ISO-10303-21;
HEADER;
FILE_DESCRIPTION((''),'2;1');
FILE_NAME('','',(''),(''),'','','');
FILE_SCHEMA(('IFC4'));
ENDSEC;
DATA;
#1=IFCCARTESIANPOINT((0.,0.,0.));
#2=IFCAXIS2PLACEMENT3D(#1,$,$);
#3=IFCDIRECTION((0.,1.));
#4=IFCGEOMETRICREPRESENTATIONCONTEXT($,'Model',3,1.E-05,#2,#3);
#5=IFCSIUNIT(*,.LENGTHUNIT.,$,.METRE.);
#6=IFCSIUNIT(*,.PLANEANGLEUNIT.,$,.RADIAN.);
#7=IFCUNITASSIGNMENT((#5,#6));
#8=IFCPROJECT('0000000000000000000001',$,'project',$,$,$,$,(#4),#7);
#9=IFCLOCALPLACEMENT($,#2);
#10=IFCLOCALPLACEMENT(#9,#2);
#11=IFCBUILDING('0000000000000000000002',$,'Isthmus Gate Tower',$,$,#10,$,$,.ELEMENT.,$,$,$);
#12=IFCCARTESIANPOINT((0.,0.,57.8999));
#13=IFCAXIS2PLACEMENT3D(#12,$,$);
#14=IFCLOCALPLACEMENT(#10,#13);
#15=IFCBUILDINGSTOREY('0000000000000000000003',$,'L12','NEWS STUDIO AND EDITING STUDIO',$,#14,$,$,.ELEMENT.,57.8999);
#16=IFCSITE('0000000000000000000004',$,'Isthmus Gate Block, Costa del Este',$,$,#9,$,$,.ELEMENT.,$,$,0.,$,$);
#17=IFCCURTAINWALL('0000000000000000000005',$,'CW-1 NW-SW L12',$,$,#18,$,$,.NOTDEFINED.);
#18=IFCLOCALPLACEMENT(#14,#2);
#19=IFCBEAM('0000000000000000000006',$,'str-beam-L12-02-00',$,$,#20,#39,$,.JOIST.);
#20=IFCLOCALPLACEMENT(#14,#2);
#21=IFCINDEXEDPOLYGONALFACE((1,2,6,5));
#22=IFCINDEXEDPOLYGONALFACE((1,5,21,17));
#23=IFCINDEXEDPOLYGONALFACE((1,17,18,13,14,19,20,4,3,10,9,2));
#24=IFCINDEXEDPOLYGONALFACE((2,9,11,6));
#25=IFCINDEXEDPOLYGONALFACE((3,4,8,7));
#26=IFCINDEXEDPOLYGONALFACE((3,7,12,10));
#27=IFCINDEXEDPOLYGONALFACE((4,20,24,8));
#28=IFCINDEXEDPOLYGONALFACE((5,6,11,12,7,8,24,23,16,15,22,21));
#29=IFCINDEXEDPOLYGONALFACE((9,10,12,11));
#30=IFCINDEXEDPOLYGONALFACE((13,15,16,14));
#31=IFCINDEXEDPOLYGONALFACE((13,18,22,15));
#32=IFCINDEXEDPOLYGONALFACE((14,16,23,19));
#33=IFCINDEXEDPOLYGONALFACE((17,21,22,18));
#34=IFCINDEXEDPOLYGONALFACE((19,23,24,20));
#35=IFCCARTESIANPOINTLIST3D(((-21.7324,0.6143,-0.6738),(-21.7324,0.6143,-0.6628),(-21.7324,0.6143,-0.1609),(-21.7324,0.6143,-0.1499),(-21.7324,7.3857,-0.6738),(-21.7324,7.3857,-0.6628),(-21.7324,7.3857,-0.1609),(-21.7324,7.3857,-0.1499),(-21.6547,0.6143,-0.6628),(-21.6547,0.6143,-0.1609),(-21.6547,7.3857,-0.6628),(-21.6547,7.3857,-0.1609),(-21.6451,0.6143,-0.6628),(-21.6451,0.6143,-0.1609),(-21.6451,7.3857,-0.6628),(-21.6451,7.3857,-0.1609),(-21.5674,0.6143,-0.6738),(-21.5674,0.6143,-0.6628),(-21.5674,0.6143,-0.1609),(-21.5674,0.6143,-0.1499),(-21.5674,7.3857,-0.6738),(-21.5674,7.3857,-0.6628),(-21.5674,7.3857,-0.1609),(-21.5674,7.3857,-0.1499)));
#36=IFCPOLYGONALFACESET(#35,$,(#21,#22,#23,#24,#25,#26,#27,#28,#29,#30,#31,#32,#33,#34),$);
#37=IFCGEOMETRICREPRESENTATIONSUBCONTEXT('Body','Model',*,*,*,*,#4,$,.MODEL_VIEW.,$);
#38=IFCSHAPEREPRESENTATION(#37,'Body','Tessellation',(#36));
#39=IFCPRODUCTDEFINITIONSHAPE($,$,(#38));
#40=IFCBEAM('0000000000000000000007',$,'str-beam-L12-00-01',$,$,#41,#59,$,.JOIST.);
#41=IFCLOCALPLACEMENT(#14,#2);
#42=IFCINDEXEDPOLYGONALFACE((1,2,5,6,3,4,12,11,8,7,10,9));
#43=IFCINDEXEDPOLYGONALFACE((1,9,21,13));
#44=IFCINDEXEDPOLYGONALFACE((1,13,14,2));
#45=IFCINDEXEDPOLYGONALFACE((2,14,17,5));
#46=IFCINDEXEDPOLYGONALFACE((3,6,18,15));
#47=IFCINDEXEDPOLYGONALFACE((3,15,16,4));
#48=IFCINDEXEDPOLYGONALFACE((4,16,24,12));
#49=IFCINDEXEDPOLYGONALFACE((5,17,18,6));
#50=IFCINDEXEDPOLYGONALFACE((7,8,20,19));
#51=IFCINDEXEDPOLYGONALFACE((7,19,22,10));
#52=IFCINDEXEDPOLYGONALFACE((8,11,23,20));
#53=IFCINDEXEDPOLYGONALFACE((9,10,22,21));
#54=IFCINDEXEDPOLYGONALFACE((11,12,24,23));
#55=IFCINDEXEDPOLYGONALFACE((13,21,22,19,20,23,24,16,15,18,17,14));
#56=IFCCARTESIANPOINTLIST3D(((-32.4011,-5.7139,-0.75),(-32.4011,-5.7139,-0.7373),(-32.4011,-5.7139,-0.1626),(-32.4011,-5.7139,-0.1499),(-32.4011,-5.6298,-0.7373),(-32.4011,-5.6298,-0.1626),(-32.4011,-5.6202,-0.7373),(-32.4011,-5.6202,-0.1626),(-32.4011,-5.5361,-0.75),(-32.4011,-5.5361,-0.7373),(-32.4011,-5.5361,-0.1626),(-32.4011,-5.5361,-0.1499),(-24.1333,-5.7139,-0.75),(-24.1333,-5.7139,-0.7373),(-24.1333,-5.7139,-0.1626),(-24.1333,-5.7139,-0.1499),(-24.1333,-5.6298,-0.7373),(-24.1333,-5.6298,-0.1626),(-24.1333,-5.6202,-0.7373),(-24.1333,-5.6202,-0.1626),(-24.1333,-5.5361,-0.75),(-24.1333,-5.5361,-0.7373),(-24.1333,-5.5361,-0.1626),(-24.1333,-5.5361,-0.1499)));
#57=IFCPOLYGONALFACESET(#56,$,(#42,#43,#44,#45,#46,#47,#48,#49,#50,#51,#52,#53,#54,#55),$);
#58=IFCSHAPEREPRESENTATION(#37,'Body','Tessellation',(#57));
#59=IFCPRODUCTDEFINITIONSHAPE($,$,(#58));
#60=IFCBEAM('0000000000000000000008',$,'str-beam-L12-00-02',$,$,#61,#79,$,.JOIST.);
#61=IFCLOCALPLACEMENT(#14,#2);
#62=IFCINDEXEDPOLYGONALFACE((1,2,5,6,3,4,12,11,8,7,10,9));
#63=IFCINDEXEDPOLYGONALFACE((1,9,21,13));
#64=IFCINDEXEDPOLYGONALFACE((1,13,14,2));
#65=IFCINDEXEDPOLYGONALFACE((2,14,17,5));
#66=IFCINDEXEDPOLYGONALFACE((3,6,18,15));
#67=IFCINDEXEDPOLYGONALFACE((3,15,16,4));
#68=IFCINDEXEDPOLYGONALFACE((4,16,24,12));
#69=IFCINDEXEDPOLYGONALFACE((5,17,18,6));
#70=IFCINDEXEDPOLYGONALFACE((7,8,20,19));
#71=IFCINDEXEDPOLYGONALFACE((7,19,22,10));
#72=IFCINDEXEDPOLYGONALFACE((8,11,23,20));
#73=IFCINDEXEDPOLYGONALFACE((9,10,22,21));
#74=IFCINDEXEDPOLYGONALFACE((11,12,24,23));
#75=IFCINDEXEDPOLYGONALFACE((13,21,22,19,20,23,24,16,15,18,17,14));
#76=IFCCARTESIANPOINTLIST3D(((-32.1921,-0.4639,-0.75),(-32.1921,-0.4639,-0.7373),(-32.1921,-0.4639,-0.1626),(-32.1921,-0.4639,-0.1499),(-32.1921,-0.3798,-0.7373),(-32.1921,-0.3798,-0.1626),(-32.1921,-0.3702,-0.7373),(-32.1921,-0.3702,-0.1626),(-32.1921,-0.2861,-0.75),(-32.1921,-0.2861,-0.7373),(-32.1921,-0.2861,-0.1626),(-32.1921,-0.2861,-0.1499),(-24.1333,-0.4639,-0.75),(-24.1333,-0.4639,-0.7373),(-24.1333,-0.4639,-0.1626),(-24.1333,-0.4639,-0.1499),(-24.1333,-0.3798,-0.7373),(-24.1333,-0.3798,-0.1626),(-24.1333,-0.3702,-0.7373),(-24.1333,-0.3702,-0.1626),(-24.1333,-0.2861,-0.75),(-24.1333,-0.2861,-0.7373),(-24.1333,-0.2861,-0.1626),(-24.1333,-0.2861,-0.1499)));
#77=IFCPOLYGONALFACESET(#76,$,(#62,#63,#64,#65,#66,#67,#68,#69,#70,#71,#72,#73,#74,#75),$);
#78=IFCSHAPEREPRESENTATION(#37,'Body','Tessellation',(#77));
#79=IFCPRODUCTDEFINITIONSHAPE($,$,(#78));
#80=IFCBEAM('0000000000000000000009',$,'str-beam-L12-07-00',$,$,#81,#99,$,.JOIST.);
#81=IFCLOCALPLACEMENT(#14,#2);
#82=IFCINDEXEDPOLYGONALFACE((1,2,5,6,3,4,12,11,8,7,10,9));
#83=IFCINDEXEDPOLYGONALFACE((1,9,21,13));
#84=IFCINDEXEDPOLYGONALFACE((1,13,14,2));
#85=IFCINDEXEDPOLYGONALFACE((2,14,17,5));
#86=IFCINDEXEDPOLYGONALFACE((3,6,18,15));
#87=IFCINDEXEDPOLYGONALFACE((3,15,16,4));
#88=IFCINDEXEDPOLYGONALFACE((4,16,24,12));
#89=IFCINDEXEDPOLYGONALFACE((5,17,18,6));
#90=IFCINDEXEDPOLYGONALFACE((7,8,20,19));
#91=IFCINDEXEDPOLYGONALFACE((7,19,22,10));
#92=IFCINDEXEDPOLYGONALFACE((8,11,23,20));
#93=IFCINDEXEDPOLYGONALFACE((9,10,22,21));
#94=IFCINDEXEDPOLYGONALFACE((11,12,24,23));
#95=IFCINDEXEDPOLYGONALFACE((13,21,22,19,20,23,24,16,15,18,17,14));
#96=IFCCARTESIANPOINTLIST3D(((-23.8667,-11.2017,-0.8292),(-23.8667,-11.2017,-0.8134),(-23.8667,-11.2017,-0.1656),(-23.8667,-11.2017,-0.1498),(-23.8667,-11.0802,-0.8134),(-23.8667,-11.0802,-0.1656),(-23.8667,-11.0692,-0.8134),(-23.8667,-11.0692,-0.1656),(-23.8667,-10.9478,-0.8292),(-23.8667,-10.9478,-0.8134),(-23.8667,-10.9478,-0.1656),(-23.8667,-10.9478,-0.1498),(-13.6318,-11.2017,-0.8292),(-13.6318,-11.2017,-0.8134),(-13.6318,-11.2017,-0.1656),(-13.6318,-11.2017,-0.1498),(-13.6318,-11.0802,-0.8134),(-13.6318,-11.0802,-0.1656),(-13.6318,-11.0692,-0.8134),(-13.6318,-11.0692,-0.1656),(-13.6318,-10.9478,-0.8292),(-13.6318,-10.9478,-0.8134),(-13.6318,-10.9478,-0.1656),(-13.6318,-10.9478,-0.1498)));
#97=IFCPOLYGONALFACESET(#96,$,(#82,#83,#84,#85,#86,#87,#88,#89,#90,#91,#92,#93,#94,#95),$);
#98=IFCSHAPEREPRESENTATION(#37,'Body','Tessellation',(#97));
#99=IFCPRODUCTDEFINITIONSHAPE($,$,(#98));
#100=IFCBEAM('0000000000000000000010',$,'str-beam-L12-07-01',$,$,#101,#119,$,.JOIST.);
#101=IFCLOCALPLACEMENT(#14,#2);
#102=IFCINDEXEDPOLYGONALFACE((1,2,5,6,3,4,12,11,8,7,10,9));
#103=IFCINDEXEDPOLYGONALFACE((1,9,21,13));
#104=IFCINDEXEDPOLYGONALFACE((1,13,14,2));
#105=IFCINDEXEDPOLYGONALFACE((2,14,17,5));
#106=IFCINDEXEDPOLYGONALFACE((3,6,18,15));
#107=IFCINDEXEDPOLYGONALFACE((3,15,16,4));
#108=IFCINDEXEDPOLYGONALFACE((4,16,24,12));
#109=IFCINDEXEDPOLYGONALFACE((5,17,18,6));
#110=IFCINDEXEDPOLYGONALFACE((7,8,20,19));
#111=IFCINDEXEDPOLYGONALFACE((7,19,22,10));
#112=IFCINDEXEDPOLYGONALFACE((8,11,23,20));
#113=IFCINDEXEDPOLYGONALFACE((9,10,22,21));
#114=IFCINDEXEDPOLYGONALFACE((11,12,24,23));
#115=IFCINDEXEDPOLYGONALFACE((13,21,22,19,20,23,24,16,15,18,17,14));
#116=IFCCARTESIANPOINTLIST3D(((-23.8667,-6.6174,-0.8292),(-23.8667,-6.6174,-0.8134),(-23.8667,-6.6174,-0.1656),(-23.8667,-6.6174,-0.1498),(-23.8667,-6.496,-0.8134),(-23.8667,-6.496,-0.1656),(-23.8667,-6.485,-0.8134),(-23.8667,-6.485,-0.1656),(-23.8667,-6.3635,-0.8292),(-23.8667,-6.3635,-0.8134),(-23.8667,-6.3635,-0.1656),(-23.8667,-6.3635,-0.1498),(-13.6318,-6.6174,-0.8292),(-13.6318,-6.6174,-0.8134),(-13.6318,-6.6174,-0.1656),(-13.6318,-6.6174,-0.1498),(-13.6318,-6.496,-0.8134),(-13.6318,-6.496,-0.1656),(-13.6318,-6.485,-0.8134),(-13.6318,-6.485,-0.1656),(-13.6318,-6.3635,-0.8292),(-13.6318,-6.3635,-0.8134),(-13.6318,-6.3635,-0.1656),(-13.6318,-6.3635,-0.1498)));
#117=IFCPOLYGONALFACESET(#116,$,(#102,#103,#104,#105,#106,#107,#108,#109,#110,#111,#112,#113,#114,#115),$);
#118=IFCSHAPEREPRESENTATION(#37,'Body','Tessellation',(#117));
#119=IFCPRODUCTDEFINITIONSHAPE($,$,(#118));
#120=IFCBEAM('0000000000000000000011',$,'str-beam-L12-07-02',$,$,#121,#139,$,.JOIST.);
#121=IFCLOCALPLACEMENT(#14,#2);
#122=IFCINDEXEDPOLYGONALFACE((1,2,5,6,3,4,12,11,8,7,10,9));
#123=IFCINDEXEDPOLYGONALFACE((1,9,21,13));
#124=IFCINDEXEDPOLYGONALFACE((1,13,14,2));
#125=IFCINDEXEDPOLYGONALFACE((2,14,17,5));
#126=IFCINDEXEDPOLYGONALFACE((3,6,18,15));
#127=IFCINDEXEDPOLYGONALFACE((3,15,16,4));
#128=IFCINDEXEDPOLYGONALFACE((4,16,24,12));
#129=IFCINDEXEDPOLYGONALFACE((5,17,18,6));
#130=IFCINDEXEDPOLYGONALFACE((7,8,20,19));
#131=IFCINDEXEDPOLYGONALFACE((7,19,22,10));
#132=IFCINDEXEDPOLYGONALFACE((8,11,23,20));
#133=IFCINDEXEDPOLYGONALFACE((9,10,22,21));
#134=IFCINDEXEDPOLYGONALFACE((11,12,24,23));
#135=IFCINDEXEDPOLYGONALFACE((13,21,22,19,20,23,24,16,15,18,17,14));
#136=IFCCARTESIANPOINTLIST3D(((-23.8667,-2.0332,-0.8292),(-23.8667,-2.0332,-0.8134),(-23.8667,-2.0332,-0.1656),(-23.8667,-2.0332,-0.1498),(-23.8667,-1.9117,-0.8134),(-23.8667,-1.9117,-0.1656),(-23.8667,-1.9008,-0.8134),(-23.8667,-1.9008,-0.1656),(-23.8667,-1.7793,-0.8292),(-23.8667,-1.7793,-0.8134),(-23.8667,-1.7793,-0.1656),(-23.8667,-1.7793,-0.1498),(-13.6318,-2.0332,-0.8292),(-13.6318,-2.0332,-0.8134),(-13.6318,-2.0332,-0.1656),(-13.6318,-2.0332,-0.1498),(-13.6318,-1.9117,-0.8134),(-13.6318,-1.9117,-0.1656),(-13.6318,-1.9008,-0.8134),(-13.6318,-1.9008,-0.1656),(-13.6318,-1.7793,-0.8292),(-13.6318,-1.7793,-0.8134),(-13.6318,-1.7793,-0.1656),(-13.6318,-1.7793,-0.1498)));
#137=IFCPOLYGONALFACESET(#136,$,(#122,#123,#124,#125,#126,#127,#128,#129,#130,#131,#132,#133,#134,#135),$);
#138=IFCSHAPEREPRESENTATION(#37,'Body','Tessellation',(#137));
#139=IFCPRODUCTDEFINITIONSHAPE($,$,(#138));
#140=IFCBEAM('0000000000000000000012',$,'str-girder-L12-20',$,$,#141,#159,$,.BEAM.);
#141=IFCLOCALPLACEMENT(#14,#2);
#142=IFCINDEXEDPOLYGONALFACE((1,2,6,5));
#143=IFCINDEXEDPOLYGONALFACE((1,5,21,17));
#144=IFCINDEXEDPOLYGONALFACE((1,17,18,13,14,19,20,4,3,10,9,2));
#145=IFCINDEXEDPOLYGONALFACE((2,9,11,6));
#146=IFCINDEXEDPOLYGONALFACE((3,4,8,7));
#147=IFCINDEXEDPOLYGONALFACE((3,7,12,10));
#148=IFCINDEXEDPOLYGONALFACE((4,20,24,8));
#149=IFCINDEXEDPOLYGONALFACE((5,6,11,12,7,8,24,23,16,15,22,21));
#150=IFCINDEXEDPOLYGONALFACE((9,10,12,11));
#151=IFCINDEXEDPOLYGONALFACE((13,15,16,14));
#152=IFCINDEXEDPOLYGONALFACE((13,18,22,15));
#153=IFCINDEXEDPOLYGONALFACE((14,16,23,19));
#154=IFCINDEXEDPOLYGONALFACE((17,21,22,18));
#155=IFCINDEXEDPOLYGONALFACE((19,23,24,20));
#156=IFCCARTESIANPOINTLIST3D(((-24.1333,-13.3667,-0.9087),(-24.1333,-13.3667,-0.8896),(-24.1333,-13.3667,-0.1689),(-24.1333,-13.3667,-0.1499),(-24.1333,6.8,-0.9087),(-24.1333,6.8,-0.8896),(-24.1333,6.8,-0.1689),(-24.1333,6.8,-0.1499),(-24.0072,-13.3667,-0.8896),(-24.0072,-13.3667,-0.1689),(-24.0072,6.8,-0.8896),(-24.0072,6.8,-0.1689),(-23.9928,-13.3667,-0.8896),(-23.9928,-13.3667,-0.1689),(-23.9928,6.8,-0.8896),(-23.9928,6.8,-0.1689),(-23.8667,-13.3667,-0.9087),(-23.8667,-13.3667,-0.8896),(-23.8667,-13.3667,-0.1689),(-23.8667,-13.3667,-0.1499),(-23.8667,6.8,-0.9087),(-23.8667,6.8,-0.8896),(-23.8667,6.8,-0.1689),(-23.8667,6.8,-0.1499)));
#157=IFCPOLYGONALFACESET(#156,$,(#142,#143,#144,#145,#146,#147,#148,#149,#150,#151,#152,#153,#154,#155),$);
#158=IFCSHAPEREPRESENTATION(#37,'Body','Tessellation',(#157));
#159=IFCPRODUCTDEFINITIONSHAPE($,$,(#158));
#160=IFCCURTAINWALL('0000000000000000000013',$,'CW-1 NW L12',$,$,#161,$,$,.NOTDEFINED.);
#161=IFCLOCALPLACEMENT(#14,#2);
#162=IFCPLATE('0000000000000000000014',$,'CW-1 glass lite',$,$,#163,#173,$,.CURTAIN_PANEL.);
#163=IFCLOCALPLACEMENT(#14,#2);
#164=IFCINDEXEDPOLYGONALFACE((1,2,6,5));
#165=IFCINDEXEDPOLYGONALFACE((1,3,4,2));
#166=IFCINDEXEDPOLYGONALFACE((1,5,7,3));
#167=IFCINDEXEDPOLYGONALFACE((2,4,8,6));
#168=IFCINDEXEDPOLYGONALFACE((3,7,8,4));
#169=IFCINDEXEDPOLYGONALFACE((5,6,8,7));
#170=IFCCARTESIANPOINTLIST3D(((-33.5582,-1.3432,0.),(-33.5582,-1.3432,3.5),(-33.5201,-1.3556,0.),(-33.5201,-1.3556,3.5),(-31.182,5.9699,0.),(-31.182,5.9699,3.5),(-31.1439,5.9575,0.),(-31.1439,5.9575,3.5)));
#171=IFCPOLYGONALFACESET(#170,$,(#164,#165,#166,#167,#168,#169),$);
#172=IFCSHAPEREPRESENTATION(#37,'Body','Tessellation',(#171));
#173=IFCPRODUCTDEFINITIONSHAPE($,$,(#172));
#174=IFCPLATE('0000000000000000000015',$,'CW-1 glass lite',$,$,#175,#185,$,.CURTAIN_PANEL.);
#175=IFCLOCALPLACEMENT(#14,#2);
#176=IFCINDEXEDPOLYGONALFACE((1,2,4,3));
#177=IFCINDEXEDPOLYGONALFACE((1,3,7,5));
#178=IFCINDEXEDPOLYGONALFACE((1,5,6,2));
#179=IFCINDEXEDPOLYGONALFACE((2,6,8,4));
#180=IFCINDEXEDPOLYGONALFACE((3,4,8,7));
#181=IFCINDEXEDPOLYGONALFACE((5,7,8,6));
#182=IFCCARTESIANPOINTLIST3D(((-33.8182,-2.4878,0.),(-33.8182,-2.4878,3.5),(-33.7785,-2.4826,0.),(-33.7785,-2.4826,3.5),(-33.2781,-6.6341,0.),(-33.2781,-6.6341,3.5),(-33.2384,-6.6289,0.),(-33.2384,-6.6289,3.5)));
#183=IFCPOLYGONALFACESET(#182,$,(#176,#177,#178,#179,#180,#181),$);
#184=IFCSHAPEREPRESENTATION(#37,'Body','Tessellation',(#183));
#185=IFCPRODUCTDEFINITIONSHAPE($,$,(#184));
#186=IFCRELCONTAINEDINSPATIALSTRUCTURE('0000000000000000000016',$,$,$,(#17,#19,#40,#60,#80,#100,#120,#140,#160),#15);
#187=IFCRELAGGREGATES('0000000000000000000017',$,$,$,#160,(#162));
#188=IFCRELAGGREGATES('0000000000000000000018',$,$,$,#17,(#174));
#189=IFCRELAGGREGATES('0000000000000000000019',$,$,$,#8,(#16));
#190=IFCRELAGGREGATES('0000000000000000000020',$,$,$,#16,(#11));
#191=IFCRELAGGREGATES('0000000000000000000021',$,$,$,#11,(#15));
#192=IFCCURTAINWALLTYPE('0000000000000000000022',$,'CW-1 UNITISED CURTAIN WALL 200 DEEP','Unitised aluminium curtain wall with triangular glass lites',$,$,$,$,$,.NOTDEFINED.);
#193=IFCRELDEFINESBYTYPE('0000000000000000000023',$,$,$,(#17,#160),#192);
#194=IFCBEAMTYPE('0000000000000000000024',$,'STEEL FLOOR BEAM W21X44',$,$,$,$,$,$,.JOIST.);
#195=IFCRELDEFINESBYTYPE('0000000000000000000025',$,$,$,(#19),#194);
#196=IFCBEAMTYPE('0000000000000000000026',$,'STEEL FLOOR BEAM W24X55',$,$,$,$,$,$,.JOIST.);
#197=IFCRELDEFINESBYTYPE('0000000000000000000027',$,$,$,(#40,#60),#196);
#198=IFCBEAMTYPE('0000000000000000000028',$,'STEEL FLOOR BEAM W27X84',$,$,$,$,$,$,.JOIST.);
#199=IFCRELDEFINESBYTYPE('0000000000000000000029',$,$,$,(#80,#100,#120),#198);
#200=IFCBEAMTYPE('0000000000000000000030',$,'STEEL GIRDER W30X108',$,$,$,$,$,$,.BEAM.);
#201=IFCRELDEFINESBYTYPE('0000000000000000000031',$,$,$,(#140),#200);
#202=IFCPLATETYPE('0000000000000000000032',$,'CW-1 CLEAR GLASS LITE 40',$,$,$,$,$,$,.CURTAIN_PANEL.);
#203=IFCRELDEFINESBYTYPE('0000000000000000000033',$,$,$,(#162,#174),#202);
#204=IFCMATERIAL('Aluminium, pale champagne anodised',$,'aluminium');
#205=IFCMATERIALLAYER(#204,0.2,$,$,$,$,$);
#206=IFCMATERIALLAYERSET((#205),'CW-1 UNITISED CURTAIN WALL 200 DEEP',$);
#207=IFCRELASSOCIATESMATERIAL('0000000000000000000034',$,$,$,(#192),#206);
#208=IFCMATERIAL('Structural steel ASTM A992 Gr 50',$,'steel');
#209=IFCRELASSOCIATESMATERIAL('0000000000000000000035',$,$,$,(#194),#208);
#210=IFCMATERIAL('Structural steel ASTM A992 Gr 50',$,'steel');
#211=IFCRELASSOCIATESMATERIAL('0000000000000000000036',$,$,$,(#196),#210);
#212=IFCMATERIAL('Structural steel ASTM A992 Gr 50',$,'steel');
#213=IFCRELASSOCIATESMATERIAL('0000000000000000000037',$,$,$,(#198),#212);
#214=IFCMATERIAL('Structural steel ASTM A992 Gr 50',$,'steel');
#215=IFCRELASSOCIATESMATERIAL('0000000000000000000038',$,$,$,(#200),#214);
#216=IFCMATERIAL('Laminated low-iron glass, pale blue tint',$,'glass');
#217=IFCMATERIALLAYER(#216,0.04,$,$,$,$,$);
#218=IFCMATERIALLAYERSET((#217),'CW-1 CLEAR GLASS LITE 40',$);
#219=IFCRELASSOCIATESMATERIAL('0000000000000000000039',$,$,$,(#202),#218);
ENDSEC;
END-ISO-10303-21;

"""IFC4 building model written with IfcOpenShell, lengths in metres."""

from ifc_helpers import new_model, si_unit, direction, frame, origin, origin_2d, place, context, subcontext, project, spatial, rectangle, i_section, extrude, material, layer, layer_set, material_profile, profile_set, type_object, element, aggregate, save


model = new_model("IFC4")

# Units and contexts
model_context = context("Model", 3, precision=1e-05, world=origin(), true_north=direction((0.0, 1.0)))
body_context = subcontext(model_context, "Body", "Model", "MODEL_VIEW")
ifc_project = project(units=[si_unit("LENGTHUNIT", "METRE"), si_unit("PLANEANGLEUNIT", "RADIAN")], contexts=[model_context])

# Site, building, storey
site_placement = place(None, origin())
site = spatial("IfcSite", under=ifc_project, at=site_placement, Name="Isthmus Gate Block, Costa del Este", CompositionType="ELEMENT", RefElevation=0.0)
building_placement = place(site_placement, origin())
building = spatial("IfcBuilding", under=site, at=building_placement, Name="Isthmus Gate Tower", CompositionType="ELEMENT")
storey_placement = place(building_placement, frame((0.0, 0.0, 57.8999)))
storey = spatial("IfcBuildingStorey", under=building, at=storey_placement, Name="L12", Description="NEWS STUDIO AND EDITING STUDIO", CompositionType="ELEMENT", Elevation=57.8999)

# Curtain wall
ifc_material_1 = material(Name="Aluminium, pale champagne anodised", Category="aluminium")
ifc_layer_1 = layer(ifc_material_1, 0.2)
ifc_layer_set_1 = layer_set([ifc_layer_1], Name="CW-1 UNITISED CURTAIN WALL 200 DEEP")
curtain_wall_type = type_object("IfcCurtainWallType", Name="CW-1 UNITISED CURTAIN WALL 200 DEEP", Description="Unitised aluminium curtain wall with triangular glass lites", PredefinedType="NOTDEFINED", material=ifc_layer_set_1)
curtain_wall_1_placement = place(storey_placement, origin())
curtain_wall_1 = element("IfcCurtainWall", 1, at=curtain_wall_1_placement, inside=storey, type_object=curtain_wall_type, Name="CW-1 NW-SW L12", PredefinedType="NOTDEFINED")

# Beams
ifc_material_2 = material(Name="Structural steel ASTM A992 Gr 50", Category="steel")
ifc_material_profile_1 = material_profile(ifc_material_2, i_section(OverallWidth=0.165, OverallDepth=0.5239, WebThickness=0.0095, FlangeThickness=0.011, at=origin_2d()), Name="W21X44")
ifc_profile_set_1 = profile_set([ifc_material_profile_1], Name="Structural steel ASTM A992 Gr 50")
beam_type_1 = type_object("IfcBeamType", Name="STEEL FLOOR BEAM W21X44", PredefinedType="JOIST", material=ifc_profile_set_1)
beam_1_placement = place(storey_placement, frame((-21.6499, 0.6143, -0.4119), z_axis=(0.0, 1.0, 0.0), x_axis=(-1.0, 0.0, 0.0)))
element("IfcBeam", 2, at=beam_1_placement, inside=storey, type_object=beam_type_1, Name="str-beam-L12-02-00", PredefinedType="JOIST", context=body_context, shape_type="SweptSolid", body=[
    extrude(i_section(OverallWidth=0.165, OverallDepth=0.5239, WebThickness=0.0095, FlangeThickness=0.011, at=origin_2d()), origin(), (0.0, 0.0, 1.0), 6.7715),
])
ifc_material_3 = material(Name="Structural steel ASTM A992 Gr 50", Category="steel")
ifc_material_profile_2 = material_profile(ifc_material_3, i_section(OverallWidth=0.1777, OverallDepth=0.6001, WebThickness=0.0095, FlangeThickness=0.0127, at=origin_2d()), Name="W24X55")
ifc_profile_set_2 = profile_set([ifc_material_profile_2], Name="Structural steel ASTM A992 Gr 50")
beam_type_2 = type_object("IfcBeamType", Name="STEEL FLOOR BEAM W24X55", PredefinedType="JOIST", material=ifc_profile_set_2)
beam_2_placement = place(storey_placement, frame((-32.4011, -5.625, -0.45), z_axis=(1.0, 0.0, 0.0), x_axis=(0.0, 1.0, 0.0)))
element("IfcBeam", 3, at=beam_2_placement, inside=storey, type_object=beam_type_2, Name="str-beam-L12-00-01", PredefinedType="JOIST", context=body_context, shape_type="SweptSolid", body=[
    extrude(i_section(OverallWidth=0.1777, OverallDepth=0.6001, WebThickness=0.0095, FlangeThickness=0.0127, at=origin_2d()), origin(), (0.0, 0.0, 1.0), 8.2678),
])
beam_3_placement = place(storey_placement, frame((-32.1921, -0.375, -0.45), z_axis=(1.0, 0.0, 0.0), x_axis=(0.0, 1.0, 0.0)))
element("IfcBeam", 4, at=beam_3_placement, inside=storey, type_object=beam_type_2, Name="str-beam-L12-00-02", PredefinedType="JOIST", context=body_context, shape_type="SweptSolid", body=[
    extrude(i_section(OverallWidth=0.1777, OverallDepth=0.6001, WebThickness=0.0095, FlangeThickness=0.0127, at=origin_2d()), origin(), (0.0, 0.0, 1.0), 8.0588),
])
ifc_material_4 = material(Name="Structural steel ASTM A992 Gr 50", Category="steel")
ifc_material_profile_3 = material_profile(ifc_material_4, i_section(OverallWidth=0.2539, OverallDepth=0.6794, WebThickness=0.011, FlangeThickness=0.0159, at=origin_2d()), Name="W27X84")
ifc_profile_set_3 = profile_set([ifc_material_profile_3], Name="Structural steel ASTM A992 Gr 50")
beam_type_3 = type_object("IfcBeamType", Name="STEEL FLOOR BEAM W27X84", PredefinedType="JOIST", material=ifc_profile_set_3)
for number, where, z_axis, x_axis, name in (
    (5, (-23.8667, -11.0747, -0.4895), (1.0, 0.0, 0.0), (0.0, 1.0, 0.0), "str-beam-L12-07-00"),
    (6, (-23.8667, -6.4905, -0.4895), (1.0, 0.0, 0.0), (0.0, 1.0, 0.0), "str-beam-L12-07-01"),
    (7, (-23.8667, -1.9062, -0.4895), (1.0, 0.0, 0.0), (0.0, 1.0, 0.0), "str-beam-L12-07-02"),
):
    element("IfcBeam", number, at=place(storey_placement, frame(where, z_axis=z_axis, x_axis=x_axis)), inside=storey, type_object=beam_type_3, Name=name, PredefinedType="JOIST", context=body_context, shape_type="SweptSolid", body=[
        extrude(i_section(OverallWidth=0.2539, OverallDepth=0.6794, WebThickness=0.011, FlangeThickness=0.0159, at=origin_2d()), origin(), (0.0, 0.0, 1.0), 10.2349),
    ])
ifc_material_5 = material(Name="Structural steel ASTM A992 Gr 50", Category="steel")
ifc_material_profile_4 = material_profile(ifc_material_5, i_section(OverallWidth=0.2666, OverallDepth=0.7588, WebThickness=0.0144, FlangeThickness=0.019, at=origin_2d()), Name="W30X108")
ifc_profile_set_4 = profile_set([ifc_material_profile_4], Name="Structural steel ASTM A992 Gr 50")
beam_type_4 = type_object("IfcBeamType", Name="STEEL GIRDER W30X108", PredefinedType="BEAM", material=ifc_profile_set_4)
beam_4_placement = place(storey_placement, frame((-24.0, -13.3667, -0.5293), z_axis=(0.0, 1.0, 0.0), x_axis=(-1.0, 0.0, 0.0)))
element("IfcBeam", 8, at=beam_4_placement, inside=storey, type_object=beam_type_4, Name="str-girder-L12-20", PredefinedType="BEAM", context=body_context, shape_type="SweptSolid", body=[
    extrude(i_section(OverallWidth=0.2666, OverallDepth=0.7588, WebThickness=0.0144, FlangeThickness=0.019, at=origin_2d()), origin(), (0.0, 0.0, 1.0), 20.1667),
])

# Curtain wall, plate
curtain_wall_2_placement = place(storey_placement, origin())
curtain_wall_2 = element("IfcCurtainWall", 9, at=curtain_wall_2_placement, inside=storey, type_object=curtain_wall_type, Name="CW-1 NW L12", PredefinedType="NOTDEFINED")
ifc_material_6 = material(Name="Laminated low-iron glass, pale blue tint", Category="glass")
ifc_layer_2 = layer(ifc_material_6, 0.04)
ifc_layer_set_2 = layer_set([ifc_layer_2], Name="CW-1 CLEAR GLASS LITE 40")
plate_type = type_object("IfcPlateType", Name="CW-1 CLEAR GLASS LITE 40", PredefinedType="CURTAIN_PANEL", material=ifc_layer_set_2)
plate_1_placement = place(storey_placement, frame((-32.3511, 2.3071, 0.0), z_axis=(0.0, 0.0, 1.0), x_axis=(-0.309017, -0.951057, 0.0)))
plate_1 = element("IfcPlate", 10, at=plate_1_placement, type_object=plate_type, Name="CW-1 glass lite", PredefinedType="CURTAIN_PANEL", context=body_context, shape_type="SweptSolid", body=[
    extrude(rectangle(XDim=7.6895, YDim=0.04, at=origin_2d()), origin(), (0.0, 0.0, 1.0), 3.5),
])
aggregate(curtain_wall_2, [plate_1])

# Plate
plate_2_placement = place(storey_placement, frame((-33.5283, -4.5583, 0.0), z_axis=(0.0, 0.0, 1.0), x_axis=(0.129165, -0.991623, 0.0)))
plate_2 = element("IfcPlate", 11, at=plate_2_placement, type_object=plate_type, Name="CW-1 glass lite", PredefinedType="CURTAIN_PANEL", context=body_context, shape_type="SweptSolid", body=[
    extrude(rectangle(XDim=4.1814, YDim=0.04, at=origin_2d()), origin(), (0.0, 0.0, 1.0), 3.5),
])
aggregate(curtain_wall_1, [plate_2])

save(model, "model.ifc")
